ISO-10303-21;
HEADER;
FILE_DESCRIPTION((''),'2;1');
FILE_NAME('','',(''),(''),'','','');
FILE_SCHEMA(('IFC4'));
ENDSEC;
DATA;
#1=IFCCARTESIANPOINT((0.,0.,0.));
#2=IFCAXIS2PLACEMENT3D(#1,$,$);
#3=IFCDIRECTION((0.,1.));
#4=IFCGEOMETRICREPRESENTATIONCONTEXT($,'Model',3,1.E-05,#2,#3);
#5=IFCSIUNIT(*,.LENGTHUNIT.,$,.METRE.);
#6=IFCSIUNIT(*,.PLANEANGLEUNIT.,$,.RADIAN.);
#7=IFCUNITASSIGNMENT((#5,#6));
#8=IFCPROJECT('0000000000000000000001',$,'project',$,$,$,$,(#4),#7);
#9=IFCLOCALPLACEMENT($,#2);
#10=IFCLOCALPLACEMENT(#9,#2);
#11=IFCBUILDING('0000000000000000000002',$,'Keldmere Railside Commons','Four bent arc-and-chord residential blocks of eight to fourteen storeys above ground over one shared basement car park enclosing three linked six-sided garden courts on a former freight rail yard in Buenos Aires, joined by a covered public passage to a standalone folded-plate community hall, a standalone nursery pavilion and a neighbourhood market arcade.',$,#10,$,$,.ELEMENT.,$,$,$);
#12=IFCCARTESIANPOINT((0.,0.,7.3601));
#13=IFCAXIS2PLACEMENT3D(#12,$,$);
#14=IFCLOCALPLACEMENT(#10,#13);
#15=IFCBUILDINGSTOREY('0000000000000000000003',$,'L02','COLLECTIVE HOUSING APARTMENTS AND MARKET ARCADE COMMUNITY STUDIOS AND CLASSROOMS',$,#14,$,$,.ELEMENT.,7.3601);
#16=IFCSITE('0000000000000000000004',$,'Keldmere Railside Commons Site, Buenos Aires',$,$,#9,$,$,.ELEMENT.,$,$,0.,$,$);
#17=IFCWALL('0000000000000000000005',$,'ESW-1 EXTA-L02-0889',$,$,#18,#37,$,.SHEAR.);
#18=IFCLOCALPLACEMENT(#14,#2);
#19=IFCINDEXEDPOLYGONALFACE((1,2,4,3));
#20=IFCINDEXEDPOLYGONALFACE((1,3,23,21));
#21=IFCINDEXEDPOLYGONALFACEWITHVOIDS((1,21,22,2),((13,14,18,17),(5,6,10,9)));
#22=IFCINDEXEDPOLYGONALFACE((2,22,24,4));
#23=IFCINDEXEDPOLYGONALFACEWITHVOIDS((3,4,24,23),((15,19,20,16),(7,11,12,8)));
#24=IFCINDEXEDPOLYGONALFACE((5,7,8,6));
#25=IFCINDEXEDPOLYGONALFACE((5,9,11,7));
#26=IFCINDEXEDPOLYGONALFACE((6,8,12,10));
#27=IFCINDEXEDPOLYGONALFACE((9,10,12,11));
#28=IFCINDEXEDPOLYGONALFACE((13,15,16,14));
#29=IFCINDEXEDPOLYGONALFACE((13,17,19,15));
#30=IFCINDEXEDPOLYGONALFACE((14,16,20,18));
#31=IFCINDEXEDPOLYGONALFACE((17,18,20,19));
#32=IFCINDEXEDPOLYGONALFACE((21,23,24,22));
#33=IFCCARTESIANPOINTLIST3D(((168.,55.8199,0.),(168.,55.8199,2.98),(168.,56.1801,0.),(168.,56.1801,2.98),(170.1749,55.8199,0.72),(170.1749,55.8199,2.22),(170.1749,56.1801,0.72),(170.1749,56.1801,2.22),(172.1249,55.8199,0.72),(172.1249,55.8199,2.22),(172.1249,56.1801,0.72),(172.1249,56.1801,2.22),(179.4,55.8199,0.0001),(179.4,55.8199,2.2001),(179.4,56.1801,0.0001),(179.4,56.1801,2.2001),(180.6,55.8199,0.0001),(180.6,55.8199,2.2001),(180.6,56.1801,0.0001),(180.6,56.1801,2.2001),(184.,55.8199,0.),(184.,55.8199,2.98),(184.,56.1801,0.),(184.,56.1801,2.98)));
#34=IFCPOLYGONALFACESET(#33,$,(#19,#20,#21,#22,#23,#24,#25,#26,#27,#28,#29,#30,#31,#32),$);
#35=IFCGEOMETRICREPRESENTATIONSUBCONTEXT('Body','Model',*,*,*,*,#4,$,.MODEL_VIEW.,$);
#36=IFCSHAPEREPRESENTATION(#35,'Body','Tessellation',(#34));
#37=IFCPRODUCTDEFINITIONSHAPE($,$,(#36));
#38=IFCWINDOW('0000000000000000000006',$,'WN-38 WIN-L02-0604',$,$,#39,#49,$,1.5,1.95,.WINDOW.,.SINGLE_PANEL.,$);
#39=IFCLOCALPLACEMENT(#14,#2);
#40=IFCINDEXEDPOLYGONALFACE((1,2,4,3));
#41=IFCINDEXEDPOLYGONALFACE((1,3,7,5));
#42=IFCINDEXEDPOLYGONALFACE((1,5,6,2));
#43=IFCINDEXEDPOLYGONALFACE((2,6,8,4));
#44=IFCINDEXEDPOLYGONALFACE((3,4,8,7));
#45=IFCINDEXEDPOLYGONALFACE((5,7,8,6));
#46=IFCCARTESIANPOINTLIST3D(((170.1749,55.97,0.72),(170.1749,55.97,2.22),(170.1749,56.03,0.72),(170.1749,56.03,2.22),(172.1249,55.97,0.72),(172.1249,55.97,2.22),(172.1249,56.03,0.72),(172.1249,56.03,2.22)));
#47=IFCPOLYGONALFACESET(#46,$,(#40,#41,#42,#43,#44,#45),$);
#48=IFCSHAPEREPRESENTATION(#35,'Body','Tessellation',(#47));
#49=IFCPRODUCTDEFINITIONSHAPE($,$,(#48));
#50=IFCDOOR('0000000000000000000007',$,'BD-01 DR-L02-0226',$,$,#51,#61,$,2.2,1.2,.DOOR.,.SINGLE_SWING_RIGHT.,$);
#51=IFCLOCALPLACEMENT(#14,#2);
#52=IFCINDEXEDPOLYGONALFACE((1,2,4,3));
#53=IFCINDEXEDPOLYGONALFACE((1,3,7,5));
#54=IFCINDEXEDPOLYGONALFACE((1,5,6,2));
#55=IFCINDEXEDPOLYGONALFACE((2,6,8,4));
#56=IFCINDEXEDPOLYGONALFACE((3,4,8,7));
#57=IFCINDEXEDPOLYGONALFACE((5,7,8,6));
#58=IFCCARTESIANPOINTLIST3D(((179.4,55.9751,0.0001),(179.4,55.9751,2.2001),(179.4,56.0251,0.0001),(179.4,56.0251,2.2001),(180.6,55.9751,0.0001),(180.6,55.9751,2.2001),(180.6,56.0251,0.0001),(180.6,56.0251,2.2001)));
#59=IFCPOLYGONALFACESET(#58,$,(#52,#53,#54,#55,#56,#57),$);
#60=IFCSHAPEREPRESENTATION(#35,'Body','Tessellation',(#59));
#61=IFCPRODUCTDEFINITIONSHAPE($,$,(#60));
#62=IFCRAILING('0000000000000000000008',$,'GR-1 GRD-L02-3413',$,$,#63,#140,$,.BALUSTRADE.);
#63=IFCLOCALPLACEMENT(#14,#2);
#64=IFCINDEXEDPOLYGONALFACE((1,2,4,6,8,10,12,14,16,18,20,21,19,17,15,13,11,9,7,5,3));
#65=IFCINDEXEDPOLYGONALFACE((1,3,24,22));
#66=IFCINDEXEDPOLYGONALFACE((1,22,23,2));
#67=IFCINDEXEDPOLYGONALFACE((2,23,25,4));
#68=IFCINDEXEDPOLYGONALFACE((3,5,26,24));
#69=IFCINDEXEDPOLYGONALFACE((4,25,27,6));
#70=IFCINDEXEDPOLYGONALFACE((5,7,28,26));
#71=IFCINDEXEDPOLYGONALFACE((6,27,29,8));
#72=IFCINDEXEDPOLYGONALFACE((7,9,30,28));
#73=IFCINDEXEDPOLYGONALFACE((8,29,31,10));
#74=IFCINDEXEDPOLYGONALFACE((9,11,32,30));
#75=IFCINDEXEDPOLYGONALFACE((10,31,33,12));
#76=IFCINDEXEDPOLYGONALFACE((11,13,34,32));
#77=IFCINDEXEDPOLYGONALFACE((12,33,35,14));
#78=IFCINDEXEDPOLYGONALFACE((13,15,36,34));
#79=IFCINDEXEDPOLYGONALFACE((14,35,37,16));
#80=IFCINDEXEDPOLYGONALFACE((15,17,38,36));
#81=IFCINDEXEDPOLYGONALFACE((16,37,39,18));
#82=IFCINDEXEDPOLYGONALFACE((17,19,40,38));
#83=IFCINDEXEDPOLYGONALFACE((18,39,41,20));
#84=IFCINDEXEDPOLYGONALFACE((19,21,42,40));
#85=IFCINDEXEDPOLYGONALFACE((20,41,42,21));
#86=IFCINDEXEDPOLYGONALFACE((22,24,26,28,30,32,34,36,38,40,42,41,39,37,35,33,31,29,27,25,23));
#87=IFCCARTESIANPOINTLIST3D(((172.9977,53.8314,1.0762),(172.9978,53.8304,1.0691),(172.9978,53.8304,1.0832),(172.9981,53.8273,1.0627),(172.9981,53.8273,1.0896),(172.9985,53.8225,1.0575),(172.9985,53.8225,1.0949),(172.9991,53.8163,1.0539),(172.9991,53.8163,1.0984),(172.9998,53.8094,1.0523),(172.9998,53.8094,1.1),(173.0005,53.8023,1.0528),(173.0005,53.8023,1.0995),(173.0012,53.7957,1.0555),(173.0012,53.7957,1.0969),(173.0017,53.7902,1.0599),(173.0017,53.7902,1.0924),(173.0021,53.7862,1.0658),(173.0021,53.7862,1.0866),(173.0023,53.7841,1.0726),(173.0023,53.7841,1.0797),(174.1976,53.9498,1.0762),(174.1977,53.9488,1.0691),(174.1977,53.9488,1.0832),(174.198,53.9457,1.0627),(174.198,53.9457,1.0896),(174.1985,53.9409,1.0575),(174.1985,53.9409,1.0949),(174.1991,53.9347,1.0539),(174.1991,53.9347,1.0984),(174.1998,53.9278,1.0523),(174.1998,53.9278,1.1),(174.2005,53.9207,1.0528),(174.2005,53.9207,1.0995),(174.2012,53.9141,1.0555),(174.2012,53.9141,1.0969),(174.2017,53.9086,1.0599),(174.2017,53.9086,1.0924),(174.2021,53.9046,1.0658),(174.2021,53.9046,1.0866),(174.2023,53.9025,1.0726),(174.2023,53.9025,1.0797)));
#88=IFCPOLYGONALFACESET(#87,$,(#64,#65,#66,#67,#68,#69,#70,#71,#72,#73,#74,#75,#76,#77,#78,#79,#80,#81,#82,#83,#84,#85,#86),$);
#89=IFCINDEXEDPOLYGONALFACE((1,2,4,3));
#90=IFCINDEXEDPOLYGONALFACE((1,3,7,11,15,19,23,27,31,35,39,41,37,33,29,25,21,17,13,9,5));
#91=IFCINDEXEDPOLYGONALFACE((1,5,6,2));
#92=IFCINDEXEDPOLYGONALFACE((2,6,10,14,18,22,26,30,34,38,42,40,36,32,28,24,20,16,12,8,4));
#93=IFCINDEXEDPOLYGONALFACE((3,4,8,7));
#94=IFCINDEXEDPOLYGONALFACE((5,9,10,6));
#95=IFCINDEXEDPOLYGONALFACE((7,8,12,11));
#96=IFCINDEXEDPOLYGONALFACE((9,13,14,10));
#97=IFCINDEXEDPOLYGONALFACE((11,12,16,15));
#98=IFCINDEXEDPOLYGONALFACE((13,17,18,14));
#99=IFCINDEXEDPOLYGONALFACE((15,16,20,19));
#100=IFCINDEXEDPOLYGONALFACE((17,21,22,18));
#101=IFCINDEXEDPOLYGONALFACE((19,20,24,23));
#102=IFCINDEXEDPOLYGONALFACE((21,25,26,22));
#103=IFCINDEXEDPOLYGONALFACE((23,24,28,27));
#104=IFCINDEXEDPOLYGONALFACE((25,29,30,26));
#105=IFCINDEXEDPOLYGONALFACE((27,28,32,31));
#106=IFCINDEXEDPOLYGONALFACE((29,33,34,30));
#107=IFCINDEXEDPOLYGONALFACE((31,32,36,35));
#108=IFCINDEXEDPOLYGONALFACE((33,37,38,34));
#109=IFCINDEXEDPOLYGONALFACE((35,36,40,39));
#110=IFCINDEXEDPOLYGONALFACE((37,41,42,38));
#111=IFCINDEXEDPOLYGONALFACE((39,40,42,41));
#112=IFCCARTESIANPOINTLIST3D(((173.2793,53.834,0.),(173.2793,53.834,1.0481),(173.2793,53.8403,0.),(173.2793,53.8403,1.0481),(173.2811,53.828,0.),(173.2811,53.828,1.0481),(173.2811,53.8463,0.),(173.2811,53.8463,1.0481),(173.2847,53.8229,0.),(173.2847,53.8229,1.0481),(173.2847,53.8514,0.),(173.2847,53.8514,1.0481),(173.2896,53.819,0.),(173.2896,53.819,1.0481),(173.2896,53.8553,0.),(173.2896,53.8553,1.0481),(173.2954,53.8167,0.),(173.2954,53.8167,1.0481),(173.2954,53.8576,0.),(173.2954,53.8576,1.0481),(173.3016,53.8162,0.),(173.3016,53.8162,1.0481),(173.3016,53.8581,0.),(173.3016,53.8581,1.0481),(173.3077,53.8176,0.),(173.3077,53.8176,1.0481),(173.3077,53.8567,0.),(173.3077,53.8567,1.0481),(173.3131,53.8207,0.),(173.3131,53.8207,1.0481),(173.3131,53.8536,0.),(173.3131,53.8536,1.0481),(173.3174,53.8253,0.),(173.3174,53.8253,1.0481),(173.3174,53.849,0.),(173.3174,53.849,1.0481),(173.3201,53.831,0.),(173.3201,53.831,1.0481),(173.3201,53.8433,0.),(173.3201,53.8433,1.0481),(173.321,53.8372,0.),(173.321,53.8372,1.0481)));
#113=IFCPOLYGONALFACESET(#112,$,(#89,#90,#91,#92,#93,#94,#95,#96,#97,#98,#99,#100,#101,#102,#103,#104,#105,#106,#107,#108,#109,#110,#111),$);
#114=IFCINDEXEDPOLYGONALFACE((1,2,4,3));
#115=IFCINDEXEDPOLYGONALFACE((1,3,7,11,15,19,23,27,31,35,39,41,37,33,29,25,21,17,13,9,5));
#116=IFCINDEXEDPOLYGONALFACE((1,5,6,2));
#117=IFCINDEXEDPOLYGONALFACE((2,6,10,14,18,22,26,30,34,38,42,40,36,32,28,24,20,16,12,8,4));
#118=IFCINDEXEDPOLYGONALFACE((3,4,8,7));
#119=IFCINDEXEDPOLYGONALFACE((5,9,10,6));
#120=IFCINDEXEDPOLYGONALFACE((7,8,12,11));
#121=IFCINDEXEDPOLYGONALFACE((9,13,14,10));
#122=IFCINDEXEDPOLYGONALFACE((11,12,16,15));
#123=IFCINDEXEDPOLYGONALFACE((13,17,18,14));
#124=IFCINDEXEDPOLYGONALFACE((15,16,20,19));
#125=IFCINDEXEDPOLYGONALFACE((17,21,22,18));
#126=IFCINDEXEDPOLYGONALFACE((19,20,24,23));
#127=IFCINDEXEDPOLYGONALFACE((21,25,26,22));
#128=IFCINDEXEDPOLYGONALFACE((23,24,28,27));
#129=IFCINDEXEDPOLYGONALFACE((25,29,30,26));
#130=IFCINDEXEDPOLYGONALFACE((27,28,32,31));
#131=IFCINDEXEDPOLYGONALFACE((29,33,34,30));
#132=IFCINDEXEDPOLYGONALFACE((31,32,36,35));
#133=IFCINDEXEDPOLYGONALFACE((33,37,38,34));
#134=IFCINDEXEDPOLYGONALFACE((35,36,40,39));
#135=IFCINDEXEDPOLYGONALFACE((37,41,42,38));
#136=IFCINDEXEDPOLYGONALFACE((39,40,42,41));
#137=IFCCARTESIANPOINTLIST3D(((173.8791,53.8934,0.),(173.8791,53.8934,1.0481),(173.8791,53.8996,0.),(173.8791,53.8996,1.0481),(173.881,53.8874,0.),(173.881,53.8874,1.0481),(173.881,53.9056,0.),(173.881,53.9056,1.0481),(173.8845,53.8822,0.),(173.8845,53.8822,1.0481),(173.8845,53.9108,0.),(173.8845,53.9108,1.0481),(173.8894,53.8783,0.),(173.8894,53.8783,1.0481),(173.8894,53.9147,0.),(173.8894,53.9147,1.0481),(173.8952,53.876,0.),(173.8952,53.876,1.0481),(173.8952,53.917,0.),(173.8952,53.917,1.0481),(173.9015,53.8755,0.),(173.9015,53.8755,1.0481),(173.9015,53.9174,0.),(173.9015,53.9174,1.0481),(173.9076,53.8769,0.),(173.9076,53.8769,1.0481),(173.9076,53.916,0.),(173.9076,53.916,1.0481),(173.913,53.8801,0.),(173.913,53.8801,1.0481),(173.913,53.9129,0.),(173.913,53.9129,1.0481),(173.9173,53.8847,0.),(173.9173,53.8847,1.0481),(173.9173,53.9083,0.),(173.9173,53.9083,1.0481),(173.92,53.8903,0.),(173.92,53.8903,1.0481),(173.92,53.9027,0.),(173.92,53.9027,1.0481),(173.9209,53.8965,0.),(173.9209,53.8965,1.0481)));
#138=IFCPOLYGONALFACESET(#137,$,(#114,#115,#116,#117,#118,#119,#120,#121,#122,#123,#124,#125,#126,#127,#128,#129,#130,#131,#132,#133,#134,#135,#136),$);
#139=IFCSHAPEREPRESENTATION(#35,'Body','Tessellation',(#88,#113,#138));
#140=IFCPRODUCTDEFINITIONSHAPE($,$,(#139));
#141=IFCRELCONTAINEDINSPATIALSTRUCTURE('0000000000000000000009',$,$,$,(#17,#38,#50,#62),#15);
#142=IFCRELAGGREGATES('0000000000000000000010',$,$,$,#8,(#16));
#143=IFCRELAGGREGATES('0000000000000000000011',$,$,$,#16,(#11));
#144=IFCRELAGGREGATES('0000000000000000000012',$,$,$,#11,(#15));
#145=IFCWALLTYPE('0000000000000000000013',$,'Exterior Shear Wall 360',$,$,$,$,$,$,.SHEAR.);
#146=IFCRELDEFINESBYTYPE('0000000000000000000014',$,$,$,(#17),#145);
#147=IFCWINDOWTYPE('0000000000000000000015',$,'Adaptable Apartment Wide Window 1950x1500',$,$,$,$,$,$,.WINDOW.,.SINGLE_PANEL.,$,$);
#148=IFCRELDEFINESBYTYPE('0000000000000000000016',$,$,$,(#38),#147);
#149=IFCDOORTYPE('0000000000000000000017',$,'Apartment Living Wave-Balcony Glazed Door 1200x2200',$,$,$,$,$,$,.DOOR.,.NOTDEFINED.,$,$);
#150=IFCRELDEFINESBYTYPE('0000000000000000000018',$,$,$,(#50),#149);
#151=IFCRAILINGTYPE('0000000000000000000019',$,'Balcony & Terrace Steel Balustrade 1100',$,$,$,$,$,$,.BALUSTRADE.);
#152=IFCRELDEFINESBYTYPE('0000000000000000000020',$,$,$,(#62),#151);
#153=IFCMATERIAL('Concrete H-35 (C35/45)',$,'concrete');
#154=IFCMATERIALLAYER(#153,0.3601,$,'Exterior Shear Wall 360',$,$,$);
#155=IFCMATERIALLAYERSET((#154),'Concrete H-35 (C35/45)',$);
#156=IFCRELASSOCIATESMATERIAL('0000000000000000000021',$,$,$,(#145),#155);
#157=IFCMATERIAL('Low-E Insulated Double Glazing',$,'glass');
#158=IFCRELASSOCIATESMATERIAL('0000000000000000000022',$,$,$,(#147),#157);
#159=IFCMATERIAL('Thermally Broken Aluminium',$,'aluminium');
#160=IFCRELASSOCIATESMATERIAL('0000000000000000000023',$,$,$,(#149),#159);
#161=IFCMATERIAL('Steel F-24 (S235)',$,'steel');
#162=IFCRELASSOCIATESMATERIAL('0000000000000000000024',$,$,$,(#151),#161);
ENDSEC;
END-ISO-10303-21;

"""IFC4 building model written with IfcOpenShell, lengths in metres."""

from ifc_helpers import new_model, si_unit, direction, frame, frame_2d, origin, origin_2d, place, context, subcontext, project, spatial, rectangle, circle, extrude, material, layer, layer_set, type_object, element, fill, save


model = new_model("IFC4")

# Units and contexts
model_context = context("Model", 3, precision=1e-05, world=origin(), true_north=direction((0.0, 1.0)))
body_context = subcontext(model_context, "Body", "Model", "MODEL_VIEW")
ifc_project = project(units=[si_unit("LENGTHUNIT", "METRE"), si_unit("PLANEANGLEUNIT", "RADIAN")], contexts=[model_context])

# Site, building, storey
site_placement = place(None, origin())
site = spatial("IfcSite", under=ifc_project, at=site_placement, Name="Keldmere Railside Commons Site, Buenos Aires", CompositionType="ELEMENT", RefElevation=0.0)
building_placement = place(site_placement, origin())
building = spatial("IfcBuilding", under=site, at=building_placement, Name="Keldmere Railside Commons", Description="Four bent arc-and-chord residential blocks of eight to fourteen storeys above ground over one shared basement car park enclosing three linked six-sided garden courts on a former freight rail yard in Buenos Aires, joined by a covered public passage to a standalone folded-plate community hall, a standalone nursery pavilion and a neighbourhood market arcade.", CompositionType="ELEMENT")
storey_placement = place(building_placement, frame((0.0, 0.0, 7.3601)))
storey = spatial("IfcBuildingStorey", under=building, at=storey_placement, Name="L02", Description="COLLECTIVE HOUSING APARTMENTS AND MARKET ARCADE COMMUNITY STUDIOS AND CLASSROOMS", CompositionType="ELEMENT", Elevation=7.3601)

# Shared definitions
ifc_material_1 = material(Name="Thermally Broken Aluminium", Category="aluminium")
ifc_material_2 = material(Name="Low-E Insulated Double Glazing", Category="glass")

# Shared definitions
ifc_material_3 = material(Name="Concrete H-35 (C35/45)", Category="concrete")

# Wall, openings, window, door
ifc_layer_1 = layer(ifc_material_3, 0.3601, Name="Exterior Shear Wall 360")
ifc_layer_set_1 = layer_set([ifc_layer_1], Name="Concrete H-35 (C35/45)")
wall_type_1 = type_object("IfcWallType", Name="Exterior Shear Wall 360", PredefinedType="SHEAR", material=ifc_layer_set_1)
wall_1_placement = place(storey_placement, frame((184.0, 56.0, 0.0), z_axis=(0.0, 0.0, 1.0), x_axis=(-1.0, 0.0, 0.0)))
wall_1 = element("IfcWall", 1, at=wall_1_placement, inside=storey, type_object=wall_type_1, Name="ESW-1 EXTA-L02-0889", PredefinedType="SHEAR", context=body_context, shape_type="SweptSolid", body=[
    extrude(rectangle(XDim=16.0, YDim=0.3601, at=frame_2d((8.0, 0.0))), origin(), (0.0, 0.0, 1.0), 2.98),
])
opening_1_placement = place(wall_1_placement, frame((3.3999, 0.0, 0.0)))
opening_1 = element("IfcOpeningElement", 2, at=opening_1_placement, cuts=wall_1, PredefinedType="OPENING", context=body_context, shape_type="SweptSolid", body=[
    extrude(rectangle(XDim=1.2, YDim=2.2, at=frame_2d((0.6001, 1.1001))), frame((0.0, 0.1899, 0.0), z_axis=(0.0, -1.0, 0.0), x_axis=(1.0, 0.0, 0.0)), (0.0, 0.0, 1.0), 0.3801),
])
opening_2_placement = place(wall_1_placement, frame((11.875, 0.0, 0.72)))
opening_2 = element("IfcOpeningElement", 3, at=opening_2_placement, cuts=wall_1, PredefinedType="OPENING", context=body_context, shape_type="SweptSolid", body=[
    extrude(rectangle(XDim=1.95, YDim=1.5, at=frame_2d((0.9751, 0.75))), frame((0.0, 0.1899, 0.0), z_axis=(0.0, -1.0, 0.0), x_axis=(1.0, 0.0, 0.0)), (0.0, 0.0, 1.0), 0.3801),
])
window_type = type_object("IfcWindowType", Name="Adaptable Apartment Wide Window 1950x1500", PartitioningType="SINGLE_PANEL", PredefinedType="WINDOW", material=ifc_material_2)
window_placement = place(opening_2_placement, origin())
window = element("IfcWindow", 4, at=window_placement, inside=storey, type_object=window_type, Name="WN-38 WIN-L02-0604", OverallHeight=1.5, OverallWidth=1.95, PartitioningType="SINGLE_PANEL", PredefinedType="WINDOW", context=body_context, shape_type="SweptSolid", body=[
    extrude(rectangle(XDim=1.95, YDim=1.5, at=frame_2d((0.9751, 0.75))), frame((0.0, 0.03, 0.0), z_axis=(0.0, -1.0, 0.0), x_axis=(1.0, 0.0, 0.0)), (0.0, 0.0, 1.0), 0.0601),
])
fill(opening_2, window)
door_type_1 = type_object("IfcDoorType", Name="Apartment Living Wave-Balcony Glazed Door 1200x2200", OperationType="NOTDEFINED", PredefinedType="DOOR", material=ifc_material_1)
door_1_placement = place(opening_1_placement, origin())
door_1 = element("IfcDoor", 5, at=door_1_placement, inside=storey, type_object=door_type_1, Name="BD-01 DR-L02-0226", OperationType="SINGLE_SWING_RIGHT", OverallHeight=2.2, OverallWidth=1.2, PredefinedType="DOOR", context=body_context, shape_type="SweptSolid", body=[
    extrude(rectangle(XDim=1.2, YDim=2.2, at=frame_2d((0.6001, 1.1001))), frame((0.0, 0.0249, 0.0), z_axis=(0.0, -1.0, 0.0), x_axis=(1.0, 0.0, 0.0)), (0.0, 0.0, 1.0), 0.05),
])
fill(opening_1, door_1)

# Railing
ifc_material_4 = material(Name="Steel F-24 (S235)", Category="steel")
railing_type = type_object("IfcRailingType", Name="Balcony & Terrace Steel Balustrade 1100", PredefinedType="BALUSTRADE", material=ifc_material_4)
railing_1_placement = place(storey_placement, frame((173.0, 53.8076, 0.0)))
element("IfcRailing", 6, at=railing_1_placement, inside=storey, type_object=railing_type, Name="GR-1 GRD-L02-3413", PredefinedType="BALUSTRADE", context=body_context, shape_type="SweptSolid", body=[
    extrude(circle(Radius=0.0239, at=origin_2d()), frame((0.0, 0.0, 1.0762), z_axis=(0.995167, 0.098201, 0.0), x_axis=(-0.098201, 0.995167, 0.0)), (0.0, 0.0, 1.0), 1.2058),
    extrude(circle(Radius=0.021, at=origin_2d()), frame((0.3, 0.0295, 0.0)), (0.0, 0.0, 1.0), 1.0481),
    extrude(circle(Radius=0.021, at=origin_2d()), frame((0.8999, 0.0889, 0.0)), (0.0, 0.0, 1.0), 1.0481),
])

save(model, "model.ifc")
